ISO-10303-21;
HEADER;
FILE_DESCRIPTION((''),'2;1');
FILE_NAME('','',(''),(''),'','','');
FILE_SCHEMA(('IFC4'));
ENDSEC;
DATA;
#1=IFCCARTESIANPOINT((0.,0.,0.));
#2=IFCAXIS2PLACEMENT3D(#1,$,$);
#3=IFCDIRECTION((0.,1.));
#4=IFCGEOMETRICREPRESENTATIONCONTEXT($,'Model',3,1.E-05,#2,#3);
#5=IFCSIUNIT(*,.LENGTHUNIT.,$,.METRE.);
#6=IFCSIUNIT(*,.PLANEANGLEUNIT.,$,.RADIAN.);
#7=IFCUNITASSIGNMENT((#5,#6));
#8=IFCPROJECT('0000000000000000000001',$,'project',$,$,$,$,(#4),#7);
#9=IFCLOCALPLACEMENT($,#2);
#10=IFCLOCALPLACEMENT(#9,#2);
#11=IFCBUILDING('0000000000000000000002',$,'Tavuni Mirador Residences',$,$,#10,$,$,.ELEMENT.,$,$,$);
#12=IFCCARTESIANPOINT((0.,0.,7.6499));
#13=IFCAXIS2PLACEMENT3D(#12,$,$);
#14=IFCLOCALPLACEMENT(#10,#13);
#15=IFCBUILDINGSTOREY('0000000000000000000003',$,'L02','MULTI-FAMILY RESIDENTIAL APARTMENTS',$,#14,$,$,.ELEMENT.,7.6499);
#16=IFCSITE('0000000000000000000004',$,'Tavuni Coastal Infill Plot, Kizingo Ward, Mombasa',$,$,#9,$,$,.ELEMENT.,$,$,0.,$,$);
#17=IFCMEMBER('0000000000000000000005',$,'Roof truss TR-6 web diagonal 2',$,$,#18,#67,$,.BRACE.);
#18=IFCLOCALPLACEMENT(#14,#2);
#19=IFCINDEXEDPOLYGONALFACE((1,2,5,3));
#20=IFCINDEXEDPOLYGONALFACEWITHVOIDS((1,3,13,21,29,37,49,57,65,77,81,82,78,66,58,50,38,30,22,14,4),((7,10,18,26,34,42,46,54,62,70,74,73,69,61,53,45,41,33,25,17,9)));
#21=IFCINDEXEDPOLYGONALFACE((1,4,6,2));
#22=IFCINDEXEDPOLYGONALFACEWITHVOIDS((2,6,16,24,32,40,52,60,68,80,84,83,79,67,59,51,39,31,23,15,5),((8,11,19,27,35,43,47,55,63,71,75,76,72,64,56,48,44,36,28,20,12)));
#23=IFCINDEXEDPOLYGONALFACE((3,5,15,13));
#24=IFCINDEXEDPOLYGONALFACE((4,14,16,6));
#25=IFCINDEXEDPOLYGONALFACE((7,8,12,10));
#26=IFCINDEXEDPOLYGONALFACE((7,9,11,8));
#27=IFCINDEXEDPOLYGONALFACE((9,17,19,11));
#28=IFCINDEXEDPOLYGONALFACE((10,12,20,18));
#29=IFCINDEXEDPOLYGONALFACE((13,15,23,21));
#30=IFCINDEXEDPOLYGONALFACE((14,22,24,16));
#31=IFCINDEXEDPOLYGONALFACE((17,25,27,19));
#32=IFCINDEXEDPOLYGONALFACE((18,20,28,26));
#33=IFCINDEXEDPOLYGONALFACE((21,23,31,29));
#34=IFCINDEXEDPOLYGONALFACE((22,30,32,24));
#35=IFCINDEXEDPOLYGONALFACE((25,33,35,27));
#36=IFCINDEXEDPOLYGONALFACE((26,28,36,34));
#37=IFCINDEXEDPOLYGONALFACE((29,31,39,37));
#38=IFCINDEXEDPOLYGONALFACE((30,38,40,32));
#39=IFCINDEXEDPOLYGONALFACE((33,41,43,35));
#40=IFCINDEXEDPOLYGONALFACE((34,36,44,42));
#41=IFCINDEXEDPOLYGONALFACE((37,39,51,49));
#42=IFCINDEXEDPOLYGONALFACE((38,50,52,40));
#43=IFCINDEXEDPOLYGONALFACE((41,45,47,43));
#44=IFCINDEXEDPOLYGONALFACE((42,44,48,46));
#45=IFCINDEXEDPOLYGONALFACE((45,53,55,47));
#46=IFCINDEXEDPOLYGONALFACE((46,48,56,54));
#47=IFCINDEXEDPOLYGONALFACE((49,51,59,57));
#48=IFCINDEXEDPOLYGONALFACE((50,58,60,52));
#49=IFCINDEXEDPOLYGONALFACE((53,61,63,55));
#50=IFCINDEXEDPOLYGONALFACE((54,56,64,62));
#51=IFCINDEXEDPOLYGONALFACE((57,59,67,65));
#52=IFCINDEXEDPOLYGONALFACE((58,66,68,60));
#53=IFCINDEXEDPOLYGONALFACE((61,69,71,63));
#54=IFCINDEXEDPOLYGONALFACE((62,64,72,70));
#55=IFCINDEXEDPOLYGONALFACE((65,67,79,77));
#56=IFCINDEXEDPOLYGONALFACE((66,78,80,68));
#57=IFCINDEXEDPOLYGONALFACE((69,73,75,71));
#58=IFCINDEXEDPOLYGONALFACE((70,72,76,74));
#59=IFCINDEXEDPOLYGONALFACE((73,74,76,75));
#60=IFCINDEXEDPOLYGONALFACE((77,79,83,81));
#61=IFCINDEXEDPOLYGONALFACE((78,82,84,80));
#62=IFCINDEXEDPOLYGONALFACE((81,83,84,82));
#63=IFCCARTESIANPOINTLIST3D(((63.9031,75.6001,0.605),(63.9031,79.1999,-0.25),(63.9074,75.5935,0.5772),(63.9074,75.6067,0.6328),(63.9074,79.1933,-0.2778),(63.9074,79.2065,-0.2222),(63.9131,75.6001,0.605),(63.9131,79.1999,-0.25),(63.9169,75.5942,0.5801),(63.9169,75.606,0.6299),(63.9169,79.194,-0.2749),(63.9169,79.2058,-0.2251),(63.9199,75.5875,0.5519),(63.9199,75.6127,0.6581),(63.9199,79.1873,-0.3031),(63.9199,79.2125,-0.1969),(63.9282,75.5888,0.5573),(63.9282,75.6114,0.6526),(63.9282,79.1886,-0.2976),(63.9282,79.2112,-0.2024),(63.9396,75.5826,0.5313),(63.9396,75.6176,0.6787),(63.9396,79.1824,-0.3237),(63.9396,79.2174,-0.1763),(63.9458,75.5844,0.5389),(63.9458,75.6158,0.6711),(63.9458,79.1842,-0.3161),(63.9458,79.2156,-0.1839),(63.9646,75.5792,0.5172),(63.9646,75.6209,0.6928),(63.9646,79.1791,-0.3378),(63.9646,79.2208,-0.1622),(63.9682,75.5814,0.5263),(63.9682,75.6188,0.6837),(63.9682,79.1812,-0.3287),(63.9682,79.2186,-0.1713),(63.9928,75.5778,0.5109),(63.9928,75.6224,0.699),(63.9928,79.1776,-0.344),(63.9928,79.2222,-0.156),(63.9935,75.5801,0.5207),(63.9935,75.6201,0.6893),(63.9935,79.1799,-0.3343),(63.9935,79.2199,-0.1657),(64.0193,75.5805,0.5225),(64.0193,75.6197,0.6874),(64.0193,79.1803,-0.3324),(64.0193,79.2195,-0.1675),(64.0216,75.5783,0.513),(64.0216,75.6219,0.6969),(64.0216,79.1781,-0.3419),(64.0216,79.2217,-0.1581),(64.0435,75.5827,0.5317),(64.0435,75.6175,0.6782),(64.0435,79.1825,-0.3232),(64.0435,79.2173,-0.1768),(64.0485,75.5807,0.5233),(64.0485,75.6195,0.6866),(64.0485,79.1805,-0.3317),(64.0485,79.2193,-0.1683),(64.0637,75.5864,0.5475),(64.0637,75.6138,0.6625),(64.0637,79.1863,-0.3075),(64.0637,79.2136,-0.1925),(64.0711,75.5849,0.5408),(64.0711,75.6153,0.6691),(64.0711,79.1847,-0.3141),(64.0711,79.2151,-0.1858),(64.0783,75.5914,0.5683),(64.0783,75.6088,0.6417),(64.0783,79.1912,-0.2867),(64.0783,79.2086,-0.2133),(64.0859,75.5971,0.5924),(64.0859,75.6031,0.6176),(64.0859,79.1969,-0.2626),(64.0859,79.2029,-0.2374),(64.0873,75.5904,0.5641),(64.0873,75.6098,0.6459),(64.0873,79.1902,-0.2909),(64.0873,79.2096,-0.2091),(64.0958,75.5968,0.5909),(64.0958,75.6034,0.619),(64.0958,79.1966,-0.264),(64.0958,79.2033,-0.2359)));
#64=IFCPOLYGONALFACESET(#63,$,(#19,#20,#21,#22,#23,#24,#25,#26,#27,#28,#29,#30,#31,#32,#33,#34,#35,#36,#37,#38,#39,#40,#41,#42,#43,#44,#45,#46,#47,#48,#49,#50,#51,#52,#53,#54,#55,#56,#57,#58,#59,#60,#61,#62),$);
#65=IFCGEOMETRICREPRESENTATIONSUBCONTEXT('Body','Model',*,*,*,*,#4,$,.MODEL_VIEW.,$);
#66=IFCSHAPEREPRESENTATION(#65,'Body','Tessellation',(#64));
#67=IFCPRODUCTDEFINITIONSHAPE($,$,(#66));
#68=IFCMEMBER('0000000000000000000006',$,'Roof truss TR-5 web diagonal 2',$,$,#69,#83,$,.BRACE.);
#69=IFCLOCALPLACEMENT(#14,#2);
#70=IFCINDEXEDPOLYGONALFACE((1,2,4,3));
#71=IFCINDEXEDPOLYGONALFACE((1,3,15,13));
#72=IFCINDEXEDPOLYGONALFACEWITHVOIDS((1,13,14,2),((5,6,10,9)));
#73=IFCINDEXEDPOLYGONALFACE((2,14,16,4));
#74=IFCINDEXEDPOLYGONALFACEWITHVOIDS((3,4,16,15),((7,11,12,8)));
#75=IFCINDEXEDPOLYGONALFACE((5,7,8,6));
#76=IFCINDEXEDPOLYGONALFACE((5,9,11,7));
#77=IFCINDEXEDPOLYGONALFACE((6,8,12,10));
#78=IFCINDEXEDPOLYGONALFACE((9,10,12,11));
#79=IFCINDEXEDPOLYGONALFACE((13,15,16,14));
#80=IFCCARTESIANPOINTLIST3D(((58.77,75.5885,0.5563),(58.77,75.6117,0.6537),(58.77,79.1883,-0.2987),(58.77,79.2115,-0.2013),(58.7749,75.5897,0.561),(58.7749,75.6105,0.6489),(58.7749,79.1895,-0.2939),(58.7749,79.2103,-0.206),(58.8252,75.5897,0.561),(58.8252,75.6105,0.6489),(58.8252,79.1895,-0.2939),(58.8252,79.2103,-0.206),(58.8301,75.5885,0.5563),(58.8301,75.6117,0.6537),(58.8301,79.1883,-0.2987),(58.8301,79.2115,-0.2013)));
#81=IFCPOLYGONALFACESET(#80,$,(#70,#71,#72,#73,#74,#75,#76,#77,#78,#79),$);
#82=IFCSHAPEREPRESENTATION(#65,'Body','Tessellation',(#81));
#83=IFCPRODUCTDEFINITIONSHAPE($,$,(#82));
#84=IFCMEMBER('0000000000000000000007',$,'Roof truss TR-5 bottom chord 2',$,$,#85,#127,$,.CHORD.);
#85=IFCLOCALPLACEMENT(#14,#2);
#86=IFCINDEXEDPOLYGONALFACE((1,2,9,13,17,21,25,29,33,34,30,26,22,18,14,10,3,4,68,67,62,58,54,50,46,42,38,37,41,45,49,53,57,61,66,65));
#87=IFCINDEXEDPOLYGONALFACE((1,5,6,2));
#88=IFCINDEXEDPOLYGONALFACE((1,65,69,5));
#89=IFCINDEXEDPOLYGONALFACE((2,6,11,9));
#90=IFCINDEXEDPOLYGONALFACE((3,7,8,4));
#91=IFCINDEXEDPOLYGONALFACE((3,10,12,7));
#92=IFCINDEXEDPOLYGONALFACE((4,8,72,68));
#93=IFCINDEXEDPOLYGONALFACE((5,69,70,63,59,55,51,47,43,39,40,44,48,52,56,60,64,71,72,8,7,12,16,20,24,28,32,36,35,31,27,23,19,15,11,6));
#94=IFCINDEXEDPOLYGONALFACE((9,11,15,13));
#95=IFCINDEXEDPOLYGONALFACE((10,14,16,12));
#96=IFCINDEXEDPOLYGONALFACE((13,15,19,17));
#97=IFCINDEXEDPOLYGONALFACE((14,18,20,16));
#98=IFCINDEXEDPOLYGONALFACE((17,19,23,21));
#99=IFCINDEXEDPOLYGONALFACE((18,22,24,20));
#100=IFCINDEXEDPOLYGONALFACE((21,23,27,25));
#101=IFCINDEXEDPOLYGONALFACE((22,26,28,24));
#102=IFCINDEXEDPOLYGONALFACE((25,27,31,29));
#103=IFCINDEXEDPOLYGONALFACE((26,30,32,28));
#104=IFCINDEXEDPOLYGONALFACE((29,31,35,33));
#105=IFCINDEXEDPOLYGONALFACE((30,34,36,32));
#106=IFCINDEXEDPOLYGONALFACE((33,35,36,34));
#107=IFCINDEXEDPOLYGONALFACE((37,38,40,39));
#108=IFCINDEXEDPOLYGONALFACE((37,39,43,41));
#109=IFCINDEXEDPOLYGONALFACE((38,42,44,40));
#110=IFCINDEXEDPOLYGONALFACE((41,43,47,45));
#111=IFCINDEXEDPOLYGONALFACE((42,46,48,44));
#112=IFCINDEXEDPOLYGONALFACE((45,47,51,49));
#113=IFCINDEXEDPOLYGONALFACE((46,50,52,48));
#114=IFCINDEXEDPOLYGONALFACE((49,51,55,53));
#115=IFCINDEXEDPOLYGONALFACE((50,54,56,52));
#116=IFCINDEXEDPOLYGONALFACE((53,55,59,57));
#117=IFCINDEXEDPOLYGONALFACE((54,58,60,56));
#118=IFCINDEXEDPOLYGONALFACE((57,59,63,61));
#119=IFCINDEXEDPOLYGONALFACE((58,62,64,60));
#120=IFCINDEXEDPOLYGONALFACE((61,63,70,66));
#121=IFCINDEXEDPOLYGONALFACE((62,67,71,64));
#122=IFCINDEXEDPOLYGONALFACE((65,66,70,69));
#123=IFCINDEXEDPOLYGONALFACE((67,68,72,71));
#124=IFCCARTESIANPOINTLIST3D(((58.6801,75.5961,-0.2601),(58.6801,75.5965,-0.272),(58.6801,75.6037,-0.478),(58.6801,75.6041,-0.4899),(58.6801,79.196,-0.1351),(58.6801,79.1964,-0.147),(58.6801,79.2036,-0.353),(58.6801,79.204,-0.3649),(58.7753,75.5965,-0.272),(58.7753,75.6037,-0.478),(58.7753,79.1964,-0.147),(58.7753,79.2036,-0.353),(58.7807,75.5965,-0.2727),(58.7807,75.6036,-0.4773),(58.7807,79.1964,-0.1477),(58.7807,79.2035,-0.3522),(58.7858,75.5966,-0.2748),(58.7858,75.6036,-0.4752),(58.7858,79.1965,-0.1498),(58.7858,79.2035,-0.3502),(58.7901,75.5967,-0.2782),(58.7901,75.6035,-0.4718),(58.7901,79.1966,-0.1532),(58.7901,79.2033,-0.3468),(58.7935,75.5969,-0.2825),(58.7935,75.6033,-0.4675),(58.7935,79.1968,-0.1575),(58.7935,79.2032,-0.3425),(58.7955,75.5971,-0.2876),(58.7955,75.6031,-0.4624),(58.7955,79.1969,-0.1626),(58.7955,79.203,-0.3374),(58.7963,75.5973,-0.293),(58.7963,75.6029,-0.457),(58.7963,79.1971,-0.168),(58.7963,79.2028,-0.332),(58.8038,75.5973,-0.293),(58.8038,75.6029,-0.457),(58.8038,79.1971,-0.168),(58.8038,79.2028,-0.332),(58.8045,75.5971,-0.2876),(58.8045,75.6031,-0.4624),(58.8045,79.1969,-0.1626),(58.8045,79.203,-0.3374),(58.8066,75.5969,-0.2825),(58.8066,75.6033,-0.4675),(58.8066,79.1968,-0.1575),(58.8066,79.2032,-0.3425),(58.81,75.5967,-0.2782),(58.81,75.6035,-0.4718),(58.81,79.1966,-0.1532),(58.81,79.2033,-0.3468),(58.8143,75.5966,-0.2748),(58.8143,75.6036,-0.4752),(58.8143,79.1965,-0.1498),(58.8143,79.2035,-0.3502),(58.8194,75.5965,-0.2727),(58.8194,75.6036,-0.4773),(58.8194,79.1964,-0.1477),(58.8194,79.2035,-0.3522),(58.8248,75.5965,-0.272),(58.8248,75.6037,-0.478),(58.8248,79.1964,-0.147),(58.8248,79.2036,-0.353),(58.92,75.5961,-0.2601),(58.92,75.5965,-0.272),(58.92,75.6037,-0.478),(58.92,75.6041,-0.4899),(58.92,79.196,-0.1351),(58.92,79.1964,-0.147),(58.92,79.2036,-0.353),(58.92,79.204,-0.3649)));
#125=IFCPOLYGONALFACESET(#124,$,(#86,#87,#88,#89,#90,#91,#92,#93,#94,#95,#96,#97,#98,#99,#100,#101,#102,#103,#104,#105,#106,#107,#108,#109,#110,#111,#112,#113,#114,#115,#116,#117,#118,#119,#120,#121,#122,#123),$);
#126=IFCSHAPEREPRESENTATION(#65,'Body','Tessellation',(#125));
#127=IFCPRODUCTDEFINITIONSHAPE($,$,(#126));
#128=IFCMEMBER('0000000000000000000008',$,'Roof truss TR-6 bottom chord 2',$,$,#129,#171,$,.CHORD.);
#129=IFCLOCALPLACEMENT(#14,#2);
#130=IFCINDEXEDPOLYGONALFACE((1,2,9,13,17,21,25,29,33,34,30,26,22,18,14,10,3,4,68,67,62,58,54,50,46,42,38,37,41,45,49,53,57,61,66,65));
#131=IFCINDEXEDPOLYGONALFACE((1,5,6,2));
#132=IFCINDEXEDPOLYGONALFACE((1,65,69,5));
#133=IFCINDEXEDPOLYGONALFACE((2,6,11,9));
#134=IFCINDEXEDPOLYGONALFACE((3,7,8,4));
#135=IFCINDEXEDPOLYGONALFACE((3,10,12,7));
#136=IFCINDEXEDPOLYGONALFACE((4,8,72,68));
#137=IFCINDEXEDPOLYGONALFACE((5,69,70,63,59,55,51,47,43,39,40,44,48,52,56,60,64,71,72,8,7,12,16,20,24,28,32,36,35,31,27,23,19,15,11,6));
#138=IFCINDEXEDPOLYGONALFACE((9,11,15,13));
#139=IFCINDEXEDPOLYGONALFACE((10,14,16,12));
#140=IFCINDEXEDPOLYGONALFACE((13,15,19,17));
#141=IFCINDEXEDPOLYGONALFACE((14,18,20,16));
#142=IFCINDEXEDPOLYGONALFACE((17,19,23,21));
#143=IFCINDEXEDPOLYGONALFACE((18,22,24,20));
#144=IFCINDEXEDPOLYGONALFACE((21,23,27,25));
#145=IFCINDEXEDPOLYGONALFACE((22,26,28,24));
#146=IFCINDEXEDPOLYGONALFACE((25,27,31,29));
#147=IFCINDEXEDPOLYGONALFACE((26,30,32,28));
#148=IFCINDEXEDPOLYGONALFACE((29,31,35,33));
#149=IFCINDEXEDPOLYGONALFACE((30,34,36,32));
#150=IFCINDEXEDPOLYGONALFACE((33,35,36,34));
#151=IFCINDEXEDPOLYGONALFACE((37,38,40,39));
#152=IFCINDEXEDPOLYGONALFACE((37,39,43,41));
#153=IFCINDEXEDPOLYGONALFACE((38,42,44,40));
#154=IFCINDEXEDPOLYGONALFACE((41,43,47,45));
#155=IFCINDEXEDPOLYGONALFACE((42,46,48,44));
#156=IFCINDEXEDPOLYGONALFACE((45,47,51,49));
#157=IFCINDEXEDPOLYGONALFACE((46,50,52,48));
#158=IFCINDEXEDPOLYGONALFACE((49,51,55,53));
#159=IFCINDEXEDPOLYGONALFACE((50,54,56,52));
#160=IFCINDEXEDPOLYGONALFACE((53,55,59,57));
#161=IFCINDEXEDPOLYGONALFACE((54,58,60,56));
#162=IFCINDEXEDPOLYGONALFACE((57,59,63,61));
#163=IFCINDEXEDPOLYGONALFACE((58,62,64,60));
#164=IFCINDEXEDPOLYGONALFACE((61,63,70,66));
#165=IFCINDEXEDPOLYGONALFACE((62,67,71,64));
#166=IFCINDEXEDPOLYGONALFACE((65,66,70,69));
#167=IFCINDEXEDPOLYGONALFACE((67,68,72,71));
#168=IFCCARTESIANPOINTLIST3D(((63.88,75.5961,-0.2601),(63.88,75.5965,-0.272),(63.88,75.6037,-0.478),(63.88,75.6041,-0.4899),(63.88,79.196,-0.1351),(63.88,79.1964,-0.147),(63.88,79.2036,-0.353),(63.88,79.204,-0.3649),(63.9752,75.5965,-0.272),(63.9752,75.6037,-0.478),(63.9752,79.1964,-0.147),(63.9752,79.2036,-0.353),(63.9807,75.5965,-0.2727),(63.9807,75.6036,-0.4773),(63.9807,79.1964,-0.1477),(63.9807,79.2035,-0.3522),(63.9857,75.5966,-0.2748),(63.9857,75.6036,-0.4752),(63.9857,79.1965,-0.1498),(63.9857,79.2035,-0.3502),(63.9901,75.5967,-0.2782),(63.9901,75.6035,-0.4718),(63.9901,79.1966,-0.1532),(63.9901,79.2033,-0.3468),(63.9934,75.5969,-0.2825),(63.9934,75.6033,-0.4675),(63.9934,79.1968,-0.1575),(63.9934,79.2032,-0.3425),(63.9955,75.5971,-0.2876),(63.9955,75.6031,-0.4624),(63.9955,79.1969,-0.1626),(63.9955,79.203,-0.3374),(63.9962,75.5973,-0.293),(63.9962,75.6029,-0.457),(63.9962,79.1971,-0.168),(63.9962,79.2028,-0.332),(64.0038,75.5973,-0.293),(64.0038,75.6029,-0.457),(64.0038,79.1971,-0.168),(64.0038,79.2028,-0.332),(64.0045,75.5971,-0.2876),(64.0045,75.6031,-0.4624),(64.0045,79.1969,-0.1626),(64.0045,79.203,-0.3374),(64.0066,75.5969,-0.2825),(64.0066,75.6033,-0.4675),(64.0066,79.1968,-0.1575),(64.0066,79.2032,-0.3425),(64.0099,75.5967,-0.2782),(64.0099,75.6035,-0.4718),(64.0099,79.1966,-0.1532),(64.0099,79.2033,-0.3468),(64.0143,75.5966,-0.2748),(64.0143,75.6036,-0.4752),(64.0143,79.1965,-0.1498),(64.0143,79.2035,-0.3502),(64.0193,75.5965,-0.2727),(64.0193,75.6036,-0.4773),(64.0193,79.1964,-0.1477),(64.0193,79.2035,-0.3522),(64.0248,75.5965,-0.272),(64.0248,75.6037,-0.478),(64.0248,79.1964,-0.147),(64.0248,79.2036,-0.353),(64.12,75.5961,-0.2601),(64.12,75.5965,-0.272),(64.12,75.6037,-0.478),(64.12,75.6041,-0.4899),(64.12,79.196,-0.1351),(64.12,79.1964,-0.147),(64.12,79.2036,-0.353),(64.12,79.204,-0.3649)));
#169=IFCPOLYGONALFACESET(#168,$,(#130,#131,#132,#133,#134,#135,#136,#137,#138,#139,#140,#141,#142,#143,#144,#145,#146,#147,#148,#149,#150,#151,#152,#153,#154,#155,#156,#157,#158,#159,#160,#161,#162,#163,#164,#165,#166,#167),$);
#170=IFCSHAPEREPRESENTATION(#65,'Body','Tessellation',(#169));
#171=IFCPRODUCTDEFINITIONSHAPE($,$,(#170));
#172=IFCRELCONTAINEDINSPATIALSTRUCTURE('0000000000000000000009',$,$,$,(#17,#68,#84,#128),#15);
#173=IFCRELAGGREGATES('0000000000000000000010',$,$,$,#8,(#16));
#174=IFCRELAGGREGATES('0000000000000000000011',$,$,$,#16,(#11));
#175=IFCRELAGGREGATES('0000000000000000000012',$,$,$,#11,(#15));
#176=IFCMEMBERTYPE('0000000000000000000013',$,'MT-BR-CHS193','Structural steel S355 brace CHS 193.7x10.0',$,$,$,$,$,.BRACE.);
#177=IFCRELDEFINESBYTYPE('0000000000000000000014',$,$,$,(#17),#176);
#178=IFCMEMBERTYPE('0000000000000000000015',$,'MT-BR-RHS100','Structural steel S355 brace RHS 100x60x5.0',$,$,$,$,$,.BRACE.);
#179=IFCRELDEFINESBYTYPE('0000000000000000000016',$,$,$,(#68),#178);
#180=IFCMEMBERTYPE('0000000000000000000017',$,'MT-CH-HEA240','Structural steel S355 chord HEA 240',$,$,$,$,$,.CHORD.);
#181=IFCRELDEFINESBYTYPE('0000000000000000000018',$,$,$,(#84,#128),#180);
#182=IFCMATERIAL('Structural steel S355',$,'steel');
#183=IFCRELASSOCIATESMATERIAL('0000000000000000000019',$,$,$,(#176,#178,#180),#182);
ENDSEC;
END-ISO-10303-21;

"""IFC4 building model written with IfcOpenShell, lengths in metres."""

from ifc_helpers import new_model, si_unit, direction, frame, origin, origin_2d, place, context, subcontext, project, spatial, hollow_rectangle, hollow_circle, i_section, extrude, material, material_profile, profile_set, type_object, element, save


model = new_model("IFC4")

# Units and contexts
model_context = context("Model", 3, precision=1e-05, world=origin(), true_north=direction((0.0, 1.0)))
body_context = subcontext(model_context, "Body", "Model", "MODEL_VIEW")
ifc_project = project(units=[si_unit("LENGTHUNIT", "METRE"), si_unit("PLANEANGLEUNIT", "RADIAN")], contexts=[model_context])

# Site, building, storey
site_placement = place(None, origin())
site = spatial("IfcSite", under=ifc_project, at=site_placement, Name="Tavuni Coastal Infill Plot, Kizingo Ward, Mombasa", CompositionType="ELEMENT", RefElevation=0.0)
building_placement = place(site_placement, origin())
building = spatial("IfcBuilding", under=site, at=building_placement, Name="Tavuni Mirador Residences", CompositionType="ELEMENT")
storey_placement = place(building_placement, frame((0.0, 0.0, 7.6499)))
storey = spatial("IfcBuildingStorey", under=building, at=storey_placement, Name="L02", Description="MULTI-FAMILY RESIDENTIAL APARTMENTS", CompositionType="ELEMENT", Elevation=7.6499)

# Members
ifc_material_1 = material(Name="Structural steel S355", Category="steel")
ifc_material_profile_1 = material_profile(ifc_material_1, hollow_circle(Radius=0.0969, WallThickness=0.01, at=origin_2d()), Name="CHS 193.7x10.0", Category="steel")
ifc_profile_set_1 = profile_set([ifc_material_profile_1], Name="Structural steel S355")
member_type_1 = type_object("IfcMemberType", Name="MT-BR-CHS193", Description="Structural steel S355 brace CHS 193.7x10.0", PredefinedType="BRACE", material=ifc_profile_set_1)
member_1_placement = place(storey_placement, frame((64.0, 75.6001, 0.605), z_axis=(0.0, 0.972936, -0.231076), x_axis=(-1.0, 0.0, 0.0)))
element("IfcMember", 1, at=member_1_placement, inside=storey, type_object=member_type_1, Name="Roof truss TR-6 web diagonal 2", PredefinedType="BRACE", context=body_context, shape_type="SweptSolid", body=[
    extrude(hollow_circle(Radius=0.0969, WallThickness=0.01, at=origin_2d()), origin(), (0.0, 0.0, 1.0), 3.7),
])
ifc_material_profile_2 = material_profile(ifc_material_1, hollow_rectangle(XDim=0.0601, YDim=0.1001, WallThickness=0.0049, at=origin_2d()), Name="RHS 100x60x5.0", Category="steel")
ifc_profile_set_2 = profile_set([ifc_material_profile_2], Name="Structural steel S355")
member_type_2 = type_object("IfcMemberType", Name="MT-BR-RHS100", Description="Structural steel S355 brace RHS 100x60x5.0", PredefinedType="BRACE", material=ifc_profile_set_2)
member_2_placement = place(storey_placement, frame((58.8, 75.6001, 0.605), z_axis=(0.0, 0.972936, -0.231076), x_axis=(-1.0, 0.0, 0.0)))
element("IfcMember", 2, at=member_2_placement, inside=storey, type_object=member_type_2, Name="Roof truss TR-5 web diagonal 2", PredefinedType="BRACE", context=body_context, shape_type="SweptSolid", body=[
    extrude(hollow_rectangle(XDim=0.0601, YDim=0.1001, WallThickness=0.0049, at=origin_2d()), origin(), (0.0, 0.0, 1.0), 3.7),
])
ifc_material_profile_3 = material_profile(ifc_material_1, i_section(OverallWidth=0.24, OverallDepth=0.23, WebThickness=0.0076, FlangeThickness=0.012, FilletRadius=0.021, at=origin_2d()), Name="HEA 240", Category="steel")
ifc_profile_set_3 = profile_set([ifc_material_profile_3], Name="Structural steel S355")
member_type_3 = type_object("IfcMemberType", Name="MT-CH-HEA240", Description="Structural steel S355 chord HEA 240", PredefinedType="CHORD", material=ifc_profile_set_3)
for number, where, z_axis, x_axis, name in (
    (3, (58.8, 75.6001, -0.375), (0.0, 0.999398, 0.034703), (-1.0, 0.0, 0.0), "Roof truss TR-5 bottom chord 2"),
    (4, (64.0, 75.6001, -0.375), (0.0, 0.999398, 0.034703), (-1.0, 0.0, 0.0), "Roof truss TR-6 bottom chord 2"),
):
    element("IfcMember", number, at=place(storey_placement, frame(where, z_axis=z_axis, x_axis=x_axis)), inside=storey, type_object=member_type_3, Name=name, PredefinedType="CHORD", context=body_context, shape_type="SweptSolid", body=[
        extrude(i_section(OverallWidth=0.24, OverallDepth=0.23, WebThickness=0.0076, FlangeThickness=0.012, FilletRadius=0.021, at=origin_2d()), origin(), (0.0, 0.0, 1.0), 3.6021),
    ])

save(model, "model.ifc")
